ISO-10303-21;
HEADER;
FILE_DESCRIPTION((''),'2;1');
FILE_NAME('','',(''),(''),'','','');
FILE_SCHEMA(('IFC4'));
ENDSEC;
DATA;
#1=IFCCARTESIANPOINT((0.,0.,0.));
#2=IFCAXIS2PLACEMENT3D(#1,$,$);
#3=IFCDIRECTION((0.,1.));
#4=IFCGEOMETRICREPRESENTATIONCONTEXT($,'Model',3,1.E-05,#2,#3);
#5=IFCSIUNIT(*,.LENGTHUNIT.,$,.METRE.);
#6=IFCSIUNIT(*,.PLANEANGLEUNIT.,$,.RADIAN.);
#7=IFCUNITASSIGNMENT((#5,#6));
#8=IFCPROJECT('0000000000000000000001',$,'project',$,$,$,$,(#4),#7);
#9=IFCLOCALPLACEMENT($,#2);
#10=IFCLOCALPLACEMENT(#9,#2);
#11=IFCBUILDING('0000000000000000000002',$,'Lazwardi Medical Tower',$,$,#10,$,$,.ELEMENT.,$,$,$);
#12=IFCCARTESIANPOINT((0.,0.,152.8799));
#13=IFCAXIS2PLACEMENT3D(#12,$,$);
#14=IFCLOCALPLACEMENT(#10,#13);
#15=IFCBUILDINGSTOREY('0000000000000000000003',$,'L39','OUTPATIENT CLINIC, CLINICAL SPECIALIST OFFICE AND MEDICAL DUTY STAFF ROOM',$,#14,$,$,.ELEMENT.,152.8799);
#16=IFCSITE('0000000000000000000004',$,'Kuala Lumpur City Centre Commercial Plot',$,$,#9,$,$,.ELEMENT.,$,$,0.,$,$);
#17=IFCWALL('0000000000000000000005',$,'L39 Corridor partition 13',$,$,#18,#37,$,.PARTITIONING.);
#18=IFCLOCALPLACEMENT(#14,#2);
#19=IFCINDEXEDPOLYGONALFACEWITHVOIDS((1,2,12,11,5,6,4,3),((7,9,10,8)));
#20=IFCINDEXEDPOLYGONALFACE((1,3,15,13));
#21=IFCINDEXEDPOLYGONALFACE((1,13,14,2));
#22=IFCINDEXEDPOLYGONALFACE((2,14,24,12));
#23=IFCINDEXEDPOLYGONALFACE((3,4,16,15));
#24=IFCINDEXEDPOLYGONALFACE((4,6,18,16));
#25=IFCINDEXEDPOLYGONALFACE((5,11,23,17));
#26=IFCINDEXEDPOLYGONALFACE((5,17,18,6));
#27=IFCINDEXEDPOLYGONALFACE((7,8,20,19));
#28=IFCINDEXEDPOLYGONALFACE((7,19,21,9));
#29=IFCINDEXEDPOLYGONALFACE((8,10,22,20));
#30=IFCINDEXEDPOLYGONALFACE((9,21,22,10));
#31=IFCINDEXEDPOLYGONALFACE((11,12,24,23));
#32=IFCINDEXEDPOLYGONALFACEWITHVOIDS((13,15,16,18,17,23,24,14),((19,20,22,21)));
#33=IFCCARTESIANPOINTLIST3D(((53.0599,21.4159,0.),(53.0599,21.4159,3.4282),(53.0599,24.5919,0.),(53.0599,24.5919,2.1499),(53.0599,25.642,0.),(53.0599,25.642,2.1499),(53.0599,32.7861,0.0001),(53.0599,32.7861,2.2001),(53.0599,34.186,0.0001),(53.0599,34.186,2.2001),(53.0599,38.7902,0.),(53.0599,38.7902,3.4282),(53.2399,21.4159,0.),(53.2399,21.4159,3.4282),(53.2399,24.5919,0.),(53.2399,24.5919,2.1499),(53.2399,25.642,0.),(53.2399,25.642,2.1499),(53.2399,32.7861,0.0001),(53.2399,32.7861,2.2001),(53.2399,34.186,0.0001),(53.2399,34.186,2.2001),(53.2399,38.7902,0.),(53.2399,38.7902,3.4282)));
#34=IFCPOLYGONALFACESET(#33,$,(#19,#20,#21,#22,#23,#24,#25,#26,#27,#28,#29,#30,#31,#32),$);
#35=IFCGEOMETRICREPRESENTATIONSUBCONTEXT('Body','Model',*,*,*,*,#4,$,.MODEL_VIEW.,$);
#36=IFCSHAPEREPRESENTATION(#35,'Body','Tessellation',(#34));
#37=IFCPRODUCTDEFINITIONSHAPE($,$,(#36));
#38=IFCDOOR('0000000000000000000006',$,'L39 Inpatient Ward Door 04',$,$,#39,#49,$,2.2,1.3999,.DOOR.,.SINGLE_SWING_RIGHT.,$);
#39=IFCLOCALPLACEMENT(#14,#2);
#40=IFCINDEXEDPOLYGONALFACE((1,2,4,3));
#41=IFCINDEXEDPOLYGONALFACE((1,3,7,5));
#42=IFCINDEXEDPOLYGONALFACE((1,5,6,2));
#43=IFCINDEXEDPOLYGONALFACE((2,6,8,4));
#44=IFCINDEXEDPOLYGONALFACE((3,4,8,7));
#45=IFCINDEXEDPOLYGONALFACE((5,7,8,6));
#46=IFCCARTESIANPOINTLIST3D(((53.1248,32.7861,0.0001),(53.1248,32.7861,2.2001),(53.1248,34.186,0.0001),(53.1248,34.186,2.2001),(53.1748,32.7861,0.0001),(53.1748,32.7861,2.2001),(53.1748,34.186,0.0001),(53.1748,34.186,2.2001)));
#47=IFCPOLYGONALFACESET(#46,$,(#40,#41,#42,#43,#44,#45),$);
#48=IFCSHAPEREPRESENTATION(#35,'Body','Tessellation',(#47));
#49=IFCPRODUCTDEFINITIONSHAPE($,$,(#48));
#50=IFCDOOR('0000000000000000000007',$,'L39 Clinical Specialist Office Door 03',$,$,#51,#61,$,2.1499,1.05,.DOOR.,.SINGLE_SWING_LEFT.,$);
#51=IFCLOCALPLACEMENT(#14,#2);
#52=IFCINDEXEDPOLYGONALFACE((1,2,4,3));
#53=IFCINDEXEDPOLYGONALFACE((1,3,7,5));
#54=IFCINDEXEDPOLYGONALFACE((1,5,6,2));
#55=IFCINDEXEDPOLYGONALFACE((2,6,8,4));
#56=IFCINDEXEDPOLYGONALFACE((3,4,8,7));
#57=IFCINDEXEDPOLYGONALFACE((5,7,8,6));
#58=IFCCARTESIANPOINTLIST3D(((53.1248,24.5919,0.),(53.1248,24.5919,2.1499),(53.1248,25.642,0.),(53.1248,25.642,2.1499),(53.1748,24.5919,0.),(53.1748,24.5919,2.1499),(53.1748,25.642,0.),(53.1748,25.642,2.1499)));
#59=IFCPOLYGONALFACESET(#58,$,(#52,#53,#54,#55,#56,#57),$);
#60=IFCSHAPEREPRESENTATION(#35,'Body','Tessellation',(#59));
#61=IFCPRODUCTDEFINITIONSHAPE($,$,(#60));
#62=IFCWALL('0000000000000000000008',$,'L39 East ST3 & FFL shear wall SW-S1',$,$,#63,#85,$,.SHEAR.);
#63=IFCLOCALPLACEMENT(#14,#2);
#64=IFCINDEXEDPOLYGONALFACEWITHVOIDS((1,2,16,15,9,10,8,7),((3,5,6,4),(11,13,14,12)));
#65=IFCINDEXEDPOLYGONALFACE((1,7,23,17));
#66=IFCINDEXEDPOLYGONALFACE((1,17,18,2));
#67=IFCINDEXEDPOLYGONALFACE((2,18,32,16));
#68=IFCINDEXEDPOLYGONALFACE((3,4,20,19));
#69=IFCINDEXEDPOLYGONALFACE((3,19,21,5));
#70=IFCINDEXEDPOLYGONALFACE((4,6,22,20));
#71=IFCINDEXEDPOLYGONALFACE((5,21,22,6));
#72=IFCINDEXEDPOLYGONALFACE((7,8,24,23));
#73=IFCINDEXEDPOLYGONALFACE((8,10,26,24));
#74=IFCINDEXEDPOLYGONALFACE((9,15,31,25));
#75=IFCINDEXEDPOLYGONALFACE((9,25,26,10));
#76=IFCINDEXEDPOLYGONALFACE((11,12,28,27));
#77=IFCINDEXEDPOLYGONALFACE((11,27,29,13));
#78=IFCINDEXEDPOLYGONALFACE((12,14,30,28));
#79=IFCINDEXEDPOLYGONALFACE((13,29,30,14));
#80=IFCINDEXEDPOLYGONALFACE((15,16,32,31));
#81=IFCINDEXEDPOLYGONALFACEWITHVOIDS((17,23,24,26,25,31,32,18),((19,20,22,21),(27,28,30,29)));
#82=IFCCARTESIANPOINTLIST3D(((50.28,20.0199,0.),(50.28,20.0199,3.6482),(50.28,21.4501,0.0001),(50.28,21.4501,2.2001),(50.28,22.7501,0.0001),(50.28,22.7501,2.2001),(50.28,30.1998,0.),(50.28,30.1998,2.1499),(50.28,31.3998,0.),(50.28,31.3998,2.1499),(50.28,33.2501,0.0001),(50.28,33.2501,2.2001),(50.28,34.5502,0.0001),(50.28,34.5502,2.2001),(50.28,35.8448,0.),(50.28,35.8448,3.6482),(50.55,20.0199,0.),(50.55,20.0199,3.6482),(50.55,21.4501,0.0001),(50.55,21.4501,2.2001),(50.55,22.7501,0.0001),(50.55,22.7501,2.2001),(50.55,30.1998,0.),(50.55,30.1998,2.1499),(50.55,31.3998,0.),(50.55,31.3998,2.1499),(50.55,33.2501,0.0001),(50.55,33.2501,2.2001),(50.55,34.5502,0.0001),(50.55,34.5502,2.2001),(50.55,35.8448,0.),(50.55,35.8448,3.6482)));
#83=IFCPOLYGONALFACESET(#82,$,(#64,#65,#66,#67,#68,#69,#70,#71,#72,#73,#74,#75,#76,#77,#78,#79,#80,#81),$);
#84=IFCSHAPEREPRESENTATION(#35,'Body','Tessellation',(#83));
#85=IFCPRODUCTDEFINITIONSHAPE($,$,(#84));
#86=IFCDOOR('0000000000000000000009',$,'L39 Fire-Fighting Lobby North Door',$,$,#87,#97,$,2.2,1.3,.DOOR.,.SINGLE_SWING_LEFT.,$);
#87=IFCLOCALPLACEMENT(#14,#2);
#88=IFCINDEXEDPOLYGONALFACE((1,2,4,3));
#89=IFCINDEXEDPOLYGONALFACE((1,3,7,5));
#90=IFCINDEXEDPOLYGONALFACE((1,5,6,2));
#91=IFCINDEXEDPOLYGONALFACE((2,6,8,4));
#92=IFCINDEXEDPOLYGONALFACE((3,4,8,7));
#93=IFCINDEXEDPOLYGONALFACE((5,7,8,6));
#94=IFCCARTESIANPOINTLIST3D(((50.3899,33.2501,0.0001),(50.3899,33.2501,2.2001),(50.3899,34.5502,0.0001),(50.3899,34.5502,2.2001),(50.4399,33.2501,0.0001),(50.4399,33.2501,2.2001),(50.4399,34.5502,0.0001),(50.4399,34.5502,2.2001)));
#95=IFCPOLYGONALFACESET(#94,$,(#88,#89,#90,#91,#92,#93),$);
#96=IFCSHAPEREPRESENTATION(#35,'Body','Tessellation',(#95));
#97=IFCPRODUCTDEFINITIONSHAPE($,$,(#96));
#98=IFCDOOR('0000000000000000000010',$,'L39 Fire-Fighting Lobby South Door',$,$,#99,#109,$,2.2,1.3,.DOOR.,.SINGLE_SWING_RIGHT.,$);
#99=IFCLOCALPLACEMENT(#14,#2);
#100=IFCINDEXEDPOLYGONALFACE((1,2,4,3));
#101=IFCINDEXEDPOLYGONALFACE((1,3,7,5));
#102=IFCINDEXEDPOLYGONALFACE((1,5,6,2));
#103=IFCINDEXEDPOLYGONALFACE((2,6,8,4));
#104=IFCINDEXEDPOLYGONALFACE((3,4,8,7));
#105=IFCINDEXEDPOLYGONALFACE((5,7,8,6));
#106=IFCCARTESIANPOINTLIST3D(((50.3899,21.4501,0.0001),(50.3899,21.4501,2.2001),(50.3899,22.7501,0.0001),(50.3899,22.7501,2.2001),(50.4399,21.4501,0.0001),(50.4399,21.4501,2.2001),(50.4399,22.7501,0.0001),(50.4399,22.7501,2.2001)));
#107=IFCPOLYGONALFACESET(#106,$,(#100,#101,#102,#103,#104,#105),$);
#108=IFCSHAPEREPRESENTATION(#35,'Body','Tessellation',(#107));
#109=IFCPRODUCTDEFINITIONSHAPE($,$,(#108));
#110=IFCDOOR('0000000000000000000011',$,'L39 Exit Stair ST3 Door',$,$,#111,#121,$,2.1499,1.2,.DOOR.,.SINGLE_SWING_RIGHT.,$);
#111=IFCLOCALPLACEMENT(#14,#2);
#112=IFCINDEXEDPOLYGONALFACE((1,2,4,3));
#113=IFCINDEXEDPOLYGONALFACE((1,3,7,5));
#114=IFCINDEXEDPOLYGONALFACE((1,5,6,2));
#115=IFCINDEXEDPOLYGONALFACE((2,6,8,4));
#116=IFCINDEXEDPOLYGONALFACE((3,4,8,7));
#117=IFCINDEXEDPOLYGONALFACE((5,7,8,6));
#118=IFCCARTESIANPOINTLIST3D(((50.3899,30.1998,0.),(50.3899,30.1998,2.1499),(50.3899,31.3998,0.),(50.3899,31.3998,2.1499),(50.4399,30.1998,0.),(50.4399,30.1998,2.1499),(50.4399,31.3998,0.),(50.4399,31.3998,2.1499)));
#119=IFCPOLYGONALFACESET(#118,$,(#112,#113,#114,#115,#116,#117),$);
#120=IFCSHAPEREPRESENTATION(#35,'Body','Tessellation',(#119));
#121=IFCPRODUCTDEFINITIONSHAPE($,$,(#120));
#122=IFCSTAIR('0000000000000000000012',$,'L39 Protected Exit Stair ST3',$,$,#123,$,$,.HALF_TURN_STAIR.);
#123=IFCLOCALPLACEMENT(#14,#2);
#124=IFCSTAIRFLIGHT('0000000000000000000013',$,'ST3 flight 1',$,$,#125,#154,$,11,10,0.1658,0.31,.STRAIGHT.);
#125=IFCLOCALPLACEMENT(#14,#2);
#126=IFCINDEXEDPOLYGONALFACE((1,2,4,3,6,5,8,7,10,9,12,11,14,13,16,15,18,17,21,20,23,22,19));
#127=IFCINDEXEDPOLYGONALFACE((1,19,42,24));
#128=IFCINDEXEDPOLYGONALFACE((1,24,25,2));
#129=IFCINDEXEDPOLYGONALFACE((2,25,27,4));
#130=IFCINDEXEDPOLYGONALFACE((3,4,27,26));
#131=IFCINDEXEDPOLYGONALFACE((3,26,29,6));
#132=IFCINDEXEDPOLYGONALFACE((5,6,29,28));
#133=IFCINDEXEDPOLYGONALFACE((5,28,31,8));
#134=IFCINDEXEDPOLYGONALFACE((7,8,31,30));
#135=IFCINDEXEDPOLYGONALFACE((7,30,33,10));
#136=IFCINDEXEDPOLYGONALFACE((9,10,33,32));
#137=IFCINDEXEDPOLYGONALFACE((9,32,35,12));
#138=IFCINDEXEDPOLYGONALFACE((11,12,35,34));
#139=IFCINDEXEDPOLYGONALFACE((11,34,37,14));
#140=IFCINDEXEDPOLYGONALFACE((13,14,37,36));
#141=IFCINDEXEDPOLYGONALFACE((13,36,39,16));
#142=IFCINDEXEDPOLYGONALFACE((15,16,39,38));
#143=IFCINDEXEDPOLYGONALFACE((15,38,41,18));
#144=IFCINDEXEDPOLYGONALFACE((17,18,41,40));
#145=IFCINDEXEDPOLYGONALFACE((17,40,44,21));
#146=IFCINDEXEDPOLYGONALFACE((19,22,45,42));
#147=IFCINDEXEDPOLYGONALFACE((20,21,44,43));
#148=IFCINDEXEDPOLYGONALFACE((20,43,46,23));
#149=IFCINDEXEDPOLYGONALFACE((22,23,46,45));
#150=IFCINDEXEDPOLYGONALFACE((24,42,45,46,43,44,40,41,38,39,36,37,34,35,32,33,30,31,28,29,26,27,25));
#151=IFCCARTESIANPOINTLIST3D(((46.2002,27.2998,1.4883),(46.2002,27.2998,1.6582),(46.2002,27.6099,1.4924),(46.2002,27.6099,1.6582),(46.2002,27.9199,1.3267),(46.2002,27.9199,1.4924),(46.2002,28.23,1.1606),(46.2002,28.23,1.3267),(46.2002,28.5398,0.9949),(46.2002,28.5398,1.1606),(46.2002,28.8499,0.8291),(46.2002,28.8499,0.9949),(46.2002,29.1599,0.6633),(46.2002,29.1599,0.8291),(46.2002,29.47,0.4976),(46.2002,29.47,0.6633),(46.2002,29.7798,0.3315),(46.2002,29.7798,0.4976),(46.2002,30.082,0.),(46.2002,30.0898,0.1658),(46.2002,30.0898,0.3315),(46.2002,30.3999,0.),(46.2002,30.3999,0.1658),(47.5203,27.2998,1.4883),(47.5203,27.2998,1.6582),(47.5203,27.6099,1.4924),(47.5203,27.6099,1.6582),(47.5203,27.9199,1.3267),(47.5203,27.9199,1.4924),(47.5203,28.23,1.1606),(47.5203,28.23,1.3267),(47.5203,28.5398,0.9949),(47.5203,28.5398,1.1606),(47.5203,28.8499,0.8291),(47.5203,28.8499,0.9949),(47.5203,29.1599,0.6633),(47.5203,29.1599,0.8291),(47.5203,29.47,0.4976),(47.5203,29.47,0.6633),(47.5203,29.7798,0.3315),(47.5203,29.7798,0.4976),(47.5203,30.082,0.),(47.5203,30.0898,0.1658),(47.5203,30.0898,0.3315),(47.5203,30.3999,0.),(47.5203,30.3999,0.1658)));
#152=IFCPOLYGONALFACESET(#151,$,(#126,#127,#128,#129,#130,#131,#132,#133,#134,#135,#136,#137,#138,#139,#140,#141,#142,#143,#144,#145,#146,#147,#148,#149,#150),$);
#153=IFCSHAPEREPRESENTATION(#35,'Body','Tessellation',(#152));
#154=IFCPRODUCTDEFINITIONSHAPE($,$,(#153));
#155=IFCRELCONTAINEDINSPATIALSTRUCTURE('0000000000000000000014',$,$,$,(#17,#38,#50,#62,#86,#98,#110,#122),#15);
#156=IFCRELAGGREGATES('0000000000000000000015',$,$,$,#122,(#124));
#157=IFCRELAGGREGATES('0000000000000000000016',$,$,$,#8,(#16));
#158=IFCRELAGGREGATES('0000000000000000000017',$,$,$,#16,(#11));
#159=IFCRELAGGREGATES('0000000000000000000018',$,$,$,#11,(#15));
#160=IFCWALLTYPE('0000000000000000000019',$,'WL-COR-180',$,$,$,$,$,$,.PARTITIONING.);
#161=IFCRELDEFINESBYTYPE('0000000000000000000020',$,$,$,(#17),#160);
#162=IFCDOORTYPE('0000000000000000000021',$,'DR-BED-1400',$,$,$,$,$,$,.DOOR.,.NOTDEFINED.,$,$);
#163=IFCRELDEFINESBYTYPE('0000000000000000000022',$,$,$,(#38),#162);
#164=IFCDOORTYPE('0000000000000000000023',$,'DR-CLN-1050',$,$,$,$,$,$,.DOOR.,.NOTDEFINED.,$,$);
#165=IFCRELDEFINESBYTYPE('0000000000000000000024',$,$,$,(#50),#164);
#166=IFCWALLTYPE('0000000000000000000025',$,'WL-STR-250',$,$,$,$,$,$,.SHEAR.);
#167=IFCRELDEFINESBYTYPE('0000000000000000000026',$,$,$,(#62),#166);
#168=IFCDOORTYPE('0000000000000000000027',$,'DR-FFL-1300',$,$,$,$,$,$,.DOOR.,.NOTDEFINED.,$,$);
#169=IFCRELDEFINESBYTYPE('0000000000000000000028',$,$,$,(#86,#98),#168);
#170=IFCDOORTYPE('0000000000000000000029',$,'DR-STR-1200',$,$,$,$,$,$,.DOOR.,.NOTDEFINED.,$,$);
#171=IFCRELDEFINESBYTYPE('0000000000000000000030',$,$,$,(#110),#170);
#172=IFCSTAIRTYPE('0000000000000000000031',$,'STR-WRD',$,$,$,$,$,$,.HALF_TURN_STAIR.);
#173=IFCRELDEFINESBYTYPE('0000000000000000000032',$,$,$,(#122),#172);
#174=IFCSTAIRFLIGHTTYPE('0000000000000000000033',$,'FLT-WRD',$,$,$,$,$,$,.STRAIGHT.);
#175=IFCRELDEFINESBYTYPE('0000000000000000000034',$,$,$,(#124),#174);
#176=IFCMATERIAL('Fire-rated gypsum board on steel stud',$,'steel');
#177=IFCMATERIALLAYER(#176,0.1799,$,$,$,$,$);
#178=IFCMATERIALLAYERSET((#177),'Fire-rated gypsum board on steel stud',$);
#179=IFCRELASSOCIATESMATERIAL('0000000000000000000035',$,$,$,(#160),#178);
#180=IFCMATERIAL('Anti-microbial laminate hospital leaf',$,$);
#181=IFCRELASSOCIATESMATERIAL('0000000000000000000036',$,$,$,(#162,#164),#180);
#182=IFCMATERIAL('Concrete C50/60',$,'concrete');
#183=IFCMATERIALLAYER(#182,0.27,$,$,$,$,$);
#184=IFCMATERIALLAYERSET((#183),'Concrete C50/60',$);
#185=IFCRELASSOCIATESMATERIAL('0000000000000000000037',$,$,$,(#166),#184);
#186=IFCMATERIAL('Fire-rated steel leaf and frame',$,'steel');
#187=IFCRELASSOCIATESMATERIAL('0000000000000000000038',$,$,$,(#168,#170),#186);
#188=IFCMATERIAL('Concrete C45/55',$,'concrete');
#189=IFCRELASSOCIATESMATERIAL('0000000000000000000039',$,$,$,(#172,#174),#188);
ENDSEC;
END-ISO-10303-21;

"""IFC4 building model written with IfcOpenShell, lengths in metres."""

from ifc_helpers import new_model, si_unit, direction, frame, frame_2d, origin, place, context, subcontext, project, spatial, polyline, rectangle, outline, extrude, material, layer, layer_set, type_object, element, fill, aggregate, save


model = new_model("IFC4")

# Units and contexts
model_context = context("Model", 3, precision=1e-05, world=origin(), true_north=direction((0.0, 1.0)))
body_context = subcontext(model_context, "Body", "Model", "MODEL_VIEW")
ifc_project = project(units=[si_unit("LENGTHUNIT", "METRE"), si_unit("PLANEANGLEUNIT", "RADIAN")], contexts=[model_context])

# Site, building, storey
site_placement = place(None, origin())
site = spatial("IfcSite", under=ifc_project, at=site_placement, Name="Kuala Lumpur City Centre Commercial Plot", CompositionType="ELEMENT", RefElevation=0.0)
building_placement = place(site_placement, origin())
building = spatial("IfcBuilding", under=site, at=building_placement, Name="Lazwardi Medical Tower", CompositionType="ELEMENT")
storey_placement = place(building_placement, frame((0.0, 0.0, 152.8799)))
storey = spatial("IfcBuildingStorey", under=building, at=storey_placement, Name="L39", Description="OUTPATIENT CLINIC, CLINICAL SPECIALIST OFFICE AND MEDICAL DUTY STAFF ROOM", CompositionType="ELEMENT", Elevation=152.8799)

# Walls, openings, doors
ifc_material_1 = material(Name="Fire-rated gypsum board on steel stud", Category="steel")
ifc_layer_1 = layer(ifc_material_1, 0.1799)
ifc_layer_set_1 = layer_set([ifc_layer_1], Name="Fire-rated gypsum board on steel stud")
wall_type_1 = type_object("IfcWallType", Name="WL-COR-180", PredefinedType="PARTITIONING", material=ifc_layer_set_1)
wall_1_placement = place(storey_placement, frame((53.1499, 38.79, 0.0), z_axis=(0.0, 0.0, 1.0), x_axis=(0.0, -1.0, 0.0)))
wall_1 = element("IfcWall", 1, at=wall_1_placement, inside=storey, type_object=wall_type_1, Name="L39 Corridor partition 13", PredefinedType="PARTITIONING", context=body_context, shape_type="SweptSolid", body=[
    extrude(rectangle(XDim=17.3743, YDim=0.1799, at=frame_2d((8.687, 0.0))), origin(), (0.0, 0.0, 1.0), 3.4282),
])
opening_1_placement = place(wall_1_placement, frame((13.1482, 0.0, 0.0)))
opening_1 = element("IfcOpeningElement", 2, at=opening_1_placement, cuts=wall_1, PredefinedType="OPENING", context=body_context, shape_type="SweptSolid", body=[
    extrude(rectangle(XDim=1.05, YDim=2.1499, at=frame_2d((0.5249, 1.075))), frame((0.0, 0.0999, 0.0), z_axis=(0.0, -1.0, 0.0), x_axis=(1.0, 0.0, 0.0)), (0.0, 0.0, 1.0), 0.2),
])
opening_2_placement = place(wall_1_placement, frame((4.604, 0.0, 0.0)))
opening_2 = element("IfcOpeningElement", 3, at=opening_2_placement, cuts=wall_1, PredefinedType="OPENING", context=body_context, shape_type="SweptSolid", body=[
    extrude(rectangle(XDim=1.3999, YDim=2.2, at=frame_2d((0.7, 1.1001))), frame((0.0, 0.0999, 0.0), z_axis=(0.0, -1.0, 0.0), x_axis=(1.0, 0.0, 0.0)), (0.0, 0.0, 1.0), 0.2),
])
ifc_material_2 = material(Name="Anti-microbial laminate hospital leaf")
door_type_1 = type_object("IfcDoorType", Name="DR-BED-1400", OperationType="NOTDEFINED", PredefinedType="DOOR", material=ifc_material_2)
door_1_placement = place(opening_2_placement, origin())
door_1 = element("IfcDoor", 4, at=door_1_placement, inside=storey, type_object=door_type_1, Name="L39 Inpatient Ward Door 04", OperationType="SINGLE_SWING_RIGHT", OverallHeight=2.2, OverallWidth=1.3999, PredefinedType="DOOR", context=body_context, shape_type="SweptSolid", body=[
    extrude(rectangle(XDim=1.3999, YDim=2.2, at=frame_2d((0.7, 1.1001))), frame((0.0, 0.0249, 0.0), z_axis=(0.0, -1.0, 0.0), x_axis=(1.0, 0.0, 0.0)), (0.0, 0.0, 1.0), 0.05),
])
fill(opening_2, door_1)
door_type_2 = type_object("IfcDoorType", Name="DR-CLN-1050", OperationType="NOTDEFINED", PredefinedType="DOOR", material=ifc_material_2)
door_2_placement = place(opening_1_placement, origin())
door_2 = element("IfcDoor", 5, at=door_2_placement, inside=storey, type_object=door_type_2, Name="L39 Clinical Specialist Office Door 03", OperationType="SINGLE_SWING_LEFT", OverallHeight=2.1499, OverallWidth=1.05, PredefinedType="DOOR", context=body_context, shape_type="SweptSolid", body=[
    extrude(rectangle(XDim=1.05, YDim=2.1499, at=frame_2d((0.5249, 1.075))), frame((0.0, 0.0249, 0.0), z_axis=(0.0, -1.0, 0.0), x_axis=(1.0, 0.0, 0.0)), (0.0, 0.0, 1.0), 0.05),
])
fill(opening_1, door_2)
ifc_material_3 = material(Name="Concrete C50/60", Category="concrete")
ifc_layer_2 = layer(ifc_material_3, 0.27)
ifc_layer_set_2 = layer_set([ifc_layer_2], Name="Concrete C50/60")
wall_type_2 = type_object("IfcWallType", Name="WL-STR-250", PredefinedType="SHEAR", material=ifc_layer_set_2)
wall_2_placement = place(storey_placement, frame((50.415, 35.845, 0.0), z_axis=(0.0, 0.0, 1.0), x_axis=(0.0, -1.0, 0.0)))
wall_2 = element("IfcWall", 6, at=wall_2_placement, inside=storey, type_object=wall_type_2, Name="L39 East ST3 & FFL shear wall SW-S1", PredefinedType="SHEAR", context=body_context, shape_type="SweptSolid", body=[
    extrude(rectangle(XDim=15.825, YDim=0.27, at=frame_2d((7.9126, 0.0))), origin(), (0.0, 0.0, 1.0), 3.6482),
])
opening_3_placement = place(wall_2_placement, frame((4.4451, 0.0, 0.0)))
opening_3 = element("IfcOpeningElement", 7, at=opening_3_placement, cuts=wall_2, PredefinedType="OPENING", context=body_context, shape_type="SweptSolid", body=[
    extrude(rectangle(XDim=1.2, YDim=2.1499, at=frame_2d((0.6001, 1.075))), frame((0.0, 0.145, 0.0), z_axis=(0.0, -1.0, 0.0), x_axis=(1.0, 0.0, 0.0)), (0.0, 0.0, 1.0), 0.29),
])
opening_4_placement = place(wall_2_placement, frame((1.2949, 0.0, 0.0)))
opening_4 = element("IfcOpeningElement", 8, at=opening_4_placement, cuts=wall_2, PredefinedType="OPENING", context=body_context, shape_type="SweptSolid", body=[
    extrude(rectangle(XDim=1.3, YDim=2.2, at=frame_2d((0.6499, 1.1001))), frame((0.0, 0.145, 0.0), z_axis=(0.0, -1.0, 0.0), x_axis=(1.0, 0.0, 0.0)), (0.0, 0.0, 1.0), 0.29),
])
opening_5_placement = place(wall_2_placement, frame((13.095, 0.0, 0.0)))
opening_5 = element("IfcOpeningElement", 9, at=opening_5_placement, cuts=wall_2, PredefinedType="OPENING", context=body_context, shape_type="SweptSolid", body=[
    extrude(rectangle(XDim=1.3, YDim=2.2, at=frame_2d((0.6499, 1.1001))), frame((0.0, 0.145, 0.0), z_axis=(0.0, -1.0, 0.0), x_axis=(1.0, 0.0, 0.0)), (0.0, 0.0, 1.0), 0.29),
])
ifc_material_4 = material(Name="Fire-rated steel leaf and frame", Category="steel")
door_type_3 = type_object("IfcDoorType", Name="DR-FFL-1300", OperationType="NOTDEFINED", PredefinedType="DOOR", material=ifc_material_4)
door_3_placement = place(opening_4_placement, origin())
door_3 = element("IfcDoor", 10, at=door_3_placement, inside=storey, type_object=door_type_3, Name="L39 Fire-Fighting Lobby North Door", OperationType="SINGLE_SWING_LEFT", OverallHeight=2.2, OverallWidth=1.3, PredefinedType="DOOR", context=body_context, shape_type="SweptSolid", body=[
    extrude(rectangle(XDim=1.3, YDim=2.2, at=frame_2d((0.6499, 1.1001))), frame((0.0, 0.0249, 0.0), z_axis=(0.0, -1.0, 0.0), x_axis=(1.0, 0.0, 0.0)), (0.0, 0.0, 1.0), 0.05),
])
fill(opening_4, door_3)
door_4_placement = place(opening_5_placement, origin())
door_4 = element("IfcDoor", 11, at=door_4_placement, inside=storey, type_object=door_type_3, Name="L39 Fire-Fighting Lobby South Door", OperationType="SINGLE_SWING_RIGHT", OverallHeight=2.2, OverallWidth=1.3, PredefinedType="DOOR", context=body_context, shape_type="SweptSolid", body=[
    extrude(rectangle(XDim=1.3, YDim=2.2, at=frame_2d((0.6499, 1.1001))), frame((0.0, 0.0249, 0.0), z_axis=(0.0, -1.0, 0.0), x_axis=(1.0, 0.0, 0.0)), (0.0, 0.0, 1.0), 0.05),
])
fill(opening_5, door_4)
door_type_4 = type_object("IfcDoorType", Name="DR-STR-1200", OperationType="NOTDEFINED", PredefinedType="DOOR", material=ifc_material_4)
door_5_placement = place(opening_3_placement, origin())
door_5 = element("IfcDoor", 12, at=door_5_placement, inside=storey, type_object=door_type_4, Name="L39 Exit Stair ST3 Door", OperationType="SINGLE_SWING_RIGHT", OverallHeight=2.1499, OverallWidth=1.2, PredefinedType="DOOR", context=body_context, shape_type="SweptSolid", body=[
    extrude(rectangle(XDim=1.2, YDim=2.1499, at=frame_2d((0.6001, 1.075))), frame((0.0, 0.0249, 0.0), z_axis=(0.0, -1.0, 0.0), x_axis=(1.0, 0.0, 0.0)), (0.0, 0.0, 1.0), 0.05),
])
fill(opening_3, door_5)

# Stair, stair flight
ifc_material_5 = material(Name="Concrete C45/55", Category="concrete")
stair_type = type_object("IfcStairType", Name="STR-WRD", PredefinedType="HALF_TURN_STAIR", material=ifc_material_5)
stair_placement = place(storey_placement, origin())
stair = element("IfcStair", 13, at=stair_placement, inside=storey, type_object=stair_type, Name="L39 Protected Exit Stair ST3", PredefinedType="HALF_TURN_STAIR")
stair_flight_type = type_object("IfcStairFlightType", Name="FLT-WRD", PredefinedType="STRAIGHT", material=ifc_material_5)
stair_flight_placement = place(storey_placement, frame((46.8601, 30.3999, 0.0), z_axis=(0.0, 0.0, 1.0), x_axis=(0.0, -1.0, 0.0)))
stair_flight = element("IfcStairFlight", 14, at=stair_flight_placement, type_object=stair_flight_type, Name="ST3 flight 1", NumberOfRisers=11, NumberOfTreads=10, PredefinedType="STRAIGHT", RiserHeight=0.1658, TreadLength=0.31, context=body_context, shape_type="SweptSolid", body=[
    extrude(outline(polyline([(0.0, 0.0), (0.0, 0.1658), (0.3101, 0.1658), (0.3101, 0.3315), (0.6201, 0.3315), (0.6201, 0.4976), (0.9299, 0.4976), (0.9299, 0.6633), (1.24, 0.6633), (1.24, 0.8291), (1.55, 0.8291), (1.55, 0.9949), (1.8601, 0.9949), (1.8601, 1.1606), (2.1699, 1.1606), (2.1699, 1.3267), (2.48, 1.3267), (2.48, 1.4924), (2.79, 1.4924), (2.79, 1.6582), (3.1001, 1.6582), (3.1001, 1.824), (3.1001, 1.4883), (0.3179, 0.0), (0.0, 0.0)])), frame((0.0, 0.6602, 0.0), z_axis=(0.0, -1.0, 0.0), x_axis=(1.0, 0.0, 0.0)), (0.0, 0.0, 1.0), 1.3201),
])
aggregate(stair, [stair_flight])

save(model, "model.ifc")
